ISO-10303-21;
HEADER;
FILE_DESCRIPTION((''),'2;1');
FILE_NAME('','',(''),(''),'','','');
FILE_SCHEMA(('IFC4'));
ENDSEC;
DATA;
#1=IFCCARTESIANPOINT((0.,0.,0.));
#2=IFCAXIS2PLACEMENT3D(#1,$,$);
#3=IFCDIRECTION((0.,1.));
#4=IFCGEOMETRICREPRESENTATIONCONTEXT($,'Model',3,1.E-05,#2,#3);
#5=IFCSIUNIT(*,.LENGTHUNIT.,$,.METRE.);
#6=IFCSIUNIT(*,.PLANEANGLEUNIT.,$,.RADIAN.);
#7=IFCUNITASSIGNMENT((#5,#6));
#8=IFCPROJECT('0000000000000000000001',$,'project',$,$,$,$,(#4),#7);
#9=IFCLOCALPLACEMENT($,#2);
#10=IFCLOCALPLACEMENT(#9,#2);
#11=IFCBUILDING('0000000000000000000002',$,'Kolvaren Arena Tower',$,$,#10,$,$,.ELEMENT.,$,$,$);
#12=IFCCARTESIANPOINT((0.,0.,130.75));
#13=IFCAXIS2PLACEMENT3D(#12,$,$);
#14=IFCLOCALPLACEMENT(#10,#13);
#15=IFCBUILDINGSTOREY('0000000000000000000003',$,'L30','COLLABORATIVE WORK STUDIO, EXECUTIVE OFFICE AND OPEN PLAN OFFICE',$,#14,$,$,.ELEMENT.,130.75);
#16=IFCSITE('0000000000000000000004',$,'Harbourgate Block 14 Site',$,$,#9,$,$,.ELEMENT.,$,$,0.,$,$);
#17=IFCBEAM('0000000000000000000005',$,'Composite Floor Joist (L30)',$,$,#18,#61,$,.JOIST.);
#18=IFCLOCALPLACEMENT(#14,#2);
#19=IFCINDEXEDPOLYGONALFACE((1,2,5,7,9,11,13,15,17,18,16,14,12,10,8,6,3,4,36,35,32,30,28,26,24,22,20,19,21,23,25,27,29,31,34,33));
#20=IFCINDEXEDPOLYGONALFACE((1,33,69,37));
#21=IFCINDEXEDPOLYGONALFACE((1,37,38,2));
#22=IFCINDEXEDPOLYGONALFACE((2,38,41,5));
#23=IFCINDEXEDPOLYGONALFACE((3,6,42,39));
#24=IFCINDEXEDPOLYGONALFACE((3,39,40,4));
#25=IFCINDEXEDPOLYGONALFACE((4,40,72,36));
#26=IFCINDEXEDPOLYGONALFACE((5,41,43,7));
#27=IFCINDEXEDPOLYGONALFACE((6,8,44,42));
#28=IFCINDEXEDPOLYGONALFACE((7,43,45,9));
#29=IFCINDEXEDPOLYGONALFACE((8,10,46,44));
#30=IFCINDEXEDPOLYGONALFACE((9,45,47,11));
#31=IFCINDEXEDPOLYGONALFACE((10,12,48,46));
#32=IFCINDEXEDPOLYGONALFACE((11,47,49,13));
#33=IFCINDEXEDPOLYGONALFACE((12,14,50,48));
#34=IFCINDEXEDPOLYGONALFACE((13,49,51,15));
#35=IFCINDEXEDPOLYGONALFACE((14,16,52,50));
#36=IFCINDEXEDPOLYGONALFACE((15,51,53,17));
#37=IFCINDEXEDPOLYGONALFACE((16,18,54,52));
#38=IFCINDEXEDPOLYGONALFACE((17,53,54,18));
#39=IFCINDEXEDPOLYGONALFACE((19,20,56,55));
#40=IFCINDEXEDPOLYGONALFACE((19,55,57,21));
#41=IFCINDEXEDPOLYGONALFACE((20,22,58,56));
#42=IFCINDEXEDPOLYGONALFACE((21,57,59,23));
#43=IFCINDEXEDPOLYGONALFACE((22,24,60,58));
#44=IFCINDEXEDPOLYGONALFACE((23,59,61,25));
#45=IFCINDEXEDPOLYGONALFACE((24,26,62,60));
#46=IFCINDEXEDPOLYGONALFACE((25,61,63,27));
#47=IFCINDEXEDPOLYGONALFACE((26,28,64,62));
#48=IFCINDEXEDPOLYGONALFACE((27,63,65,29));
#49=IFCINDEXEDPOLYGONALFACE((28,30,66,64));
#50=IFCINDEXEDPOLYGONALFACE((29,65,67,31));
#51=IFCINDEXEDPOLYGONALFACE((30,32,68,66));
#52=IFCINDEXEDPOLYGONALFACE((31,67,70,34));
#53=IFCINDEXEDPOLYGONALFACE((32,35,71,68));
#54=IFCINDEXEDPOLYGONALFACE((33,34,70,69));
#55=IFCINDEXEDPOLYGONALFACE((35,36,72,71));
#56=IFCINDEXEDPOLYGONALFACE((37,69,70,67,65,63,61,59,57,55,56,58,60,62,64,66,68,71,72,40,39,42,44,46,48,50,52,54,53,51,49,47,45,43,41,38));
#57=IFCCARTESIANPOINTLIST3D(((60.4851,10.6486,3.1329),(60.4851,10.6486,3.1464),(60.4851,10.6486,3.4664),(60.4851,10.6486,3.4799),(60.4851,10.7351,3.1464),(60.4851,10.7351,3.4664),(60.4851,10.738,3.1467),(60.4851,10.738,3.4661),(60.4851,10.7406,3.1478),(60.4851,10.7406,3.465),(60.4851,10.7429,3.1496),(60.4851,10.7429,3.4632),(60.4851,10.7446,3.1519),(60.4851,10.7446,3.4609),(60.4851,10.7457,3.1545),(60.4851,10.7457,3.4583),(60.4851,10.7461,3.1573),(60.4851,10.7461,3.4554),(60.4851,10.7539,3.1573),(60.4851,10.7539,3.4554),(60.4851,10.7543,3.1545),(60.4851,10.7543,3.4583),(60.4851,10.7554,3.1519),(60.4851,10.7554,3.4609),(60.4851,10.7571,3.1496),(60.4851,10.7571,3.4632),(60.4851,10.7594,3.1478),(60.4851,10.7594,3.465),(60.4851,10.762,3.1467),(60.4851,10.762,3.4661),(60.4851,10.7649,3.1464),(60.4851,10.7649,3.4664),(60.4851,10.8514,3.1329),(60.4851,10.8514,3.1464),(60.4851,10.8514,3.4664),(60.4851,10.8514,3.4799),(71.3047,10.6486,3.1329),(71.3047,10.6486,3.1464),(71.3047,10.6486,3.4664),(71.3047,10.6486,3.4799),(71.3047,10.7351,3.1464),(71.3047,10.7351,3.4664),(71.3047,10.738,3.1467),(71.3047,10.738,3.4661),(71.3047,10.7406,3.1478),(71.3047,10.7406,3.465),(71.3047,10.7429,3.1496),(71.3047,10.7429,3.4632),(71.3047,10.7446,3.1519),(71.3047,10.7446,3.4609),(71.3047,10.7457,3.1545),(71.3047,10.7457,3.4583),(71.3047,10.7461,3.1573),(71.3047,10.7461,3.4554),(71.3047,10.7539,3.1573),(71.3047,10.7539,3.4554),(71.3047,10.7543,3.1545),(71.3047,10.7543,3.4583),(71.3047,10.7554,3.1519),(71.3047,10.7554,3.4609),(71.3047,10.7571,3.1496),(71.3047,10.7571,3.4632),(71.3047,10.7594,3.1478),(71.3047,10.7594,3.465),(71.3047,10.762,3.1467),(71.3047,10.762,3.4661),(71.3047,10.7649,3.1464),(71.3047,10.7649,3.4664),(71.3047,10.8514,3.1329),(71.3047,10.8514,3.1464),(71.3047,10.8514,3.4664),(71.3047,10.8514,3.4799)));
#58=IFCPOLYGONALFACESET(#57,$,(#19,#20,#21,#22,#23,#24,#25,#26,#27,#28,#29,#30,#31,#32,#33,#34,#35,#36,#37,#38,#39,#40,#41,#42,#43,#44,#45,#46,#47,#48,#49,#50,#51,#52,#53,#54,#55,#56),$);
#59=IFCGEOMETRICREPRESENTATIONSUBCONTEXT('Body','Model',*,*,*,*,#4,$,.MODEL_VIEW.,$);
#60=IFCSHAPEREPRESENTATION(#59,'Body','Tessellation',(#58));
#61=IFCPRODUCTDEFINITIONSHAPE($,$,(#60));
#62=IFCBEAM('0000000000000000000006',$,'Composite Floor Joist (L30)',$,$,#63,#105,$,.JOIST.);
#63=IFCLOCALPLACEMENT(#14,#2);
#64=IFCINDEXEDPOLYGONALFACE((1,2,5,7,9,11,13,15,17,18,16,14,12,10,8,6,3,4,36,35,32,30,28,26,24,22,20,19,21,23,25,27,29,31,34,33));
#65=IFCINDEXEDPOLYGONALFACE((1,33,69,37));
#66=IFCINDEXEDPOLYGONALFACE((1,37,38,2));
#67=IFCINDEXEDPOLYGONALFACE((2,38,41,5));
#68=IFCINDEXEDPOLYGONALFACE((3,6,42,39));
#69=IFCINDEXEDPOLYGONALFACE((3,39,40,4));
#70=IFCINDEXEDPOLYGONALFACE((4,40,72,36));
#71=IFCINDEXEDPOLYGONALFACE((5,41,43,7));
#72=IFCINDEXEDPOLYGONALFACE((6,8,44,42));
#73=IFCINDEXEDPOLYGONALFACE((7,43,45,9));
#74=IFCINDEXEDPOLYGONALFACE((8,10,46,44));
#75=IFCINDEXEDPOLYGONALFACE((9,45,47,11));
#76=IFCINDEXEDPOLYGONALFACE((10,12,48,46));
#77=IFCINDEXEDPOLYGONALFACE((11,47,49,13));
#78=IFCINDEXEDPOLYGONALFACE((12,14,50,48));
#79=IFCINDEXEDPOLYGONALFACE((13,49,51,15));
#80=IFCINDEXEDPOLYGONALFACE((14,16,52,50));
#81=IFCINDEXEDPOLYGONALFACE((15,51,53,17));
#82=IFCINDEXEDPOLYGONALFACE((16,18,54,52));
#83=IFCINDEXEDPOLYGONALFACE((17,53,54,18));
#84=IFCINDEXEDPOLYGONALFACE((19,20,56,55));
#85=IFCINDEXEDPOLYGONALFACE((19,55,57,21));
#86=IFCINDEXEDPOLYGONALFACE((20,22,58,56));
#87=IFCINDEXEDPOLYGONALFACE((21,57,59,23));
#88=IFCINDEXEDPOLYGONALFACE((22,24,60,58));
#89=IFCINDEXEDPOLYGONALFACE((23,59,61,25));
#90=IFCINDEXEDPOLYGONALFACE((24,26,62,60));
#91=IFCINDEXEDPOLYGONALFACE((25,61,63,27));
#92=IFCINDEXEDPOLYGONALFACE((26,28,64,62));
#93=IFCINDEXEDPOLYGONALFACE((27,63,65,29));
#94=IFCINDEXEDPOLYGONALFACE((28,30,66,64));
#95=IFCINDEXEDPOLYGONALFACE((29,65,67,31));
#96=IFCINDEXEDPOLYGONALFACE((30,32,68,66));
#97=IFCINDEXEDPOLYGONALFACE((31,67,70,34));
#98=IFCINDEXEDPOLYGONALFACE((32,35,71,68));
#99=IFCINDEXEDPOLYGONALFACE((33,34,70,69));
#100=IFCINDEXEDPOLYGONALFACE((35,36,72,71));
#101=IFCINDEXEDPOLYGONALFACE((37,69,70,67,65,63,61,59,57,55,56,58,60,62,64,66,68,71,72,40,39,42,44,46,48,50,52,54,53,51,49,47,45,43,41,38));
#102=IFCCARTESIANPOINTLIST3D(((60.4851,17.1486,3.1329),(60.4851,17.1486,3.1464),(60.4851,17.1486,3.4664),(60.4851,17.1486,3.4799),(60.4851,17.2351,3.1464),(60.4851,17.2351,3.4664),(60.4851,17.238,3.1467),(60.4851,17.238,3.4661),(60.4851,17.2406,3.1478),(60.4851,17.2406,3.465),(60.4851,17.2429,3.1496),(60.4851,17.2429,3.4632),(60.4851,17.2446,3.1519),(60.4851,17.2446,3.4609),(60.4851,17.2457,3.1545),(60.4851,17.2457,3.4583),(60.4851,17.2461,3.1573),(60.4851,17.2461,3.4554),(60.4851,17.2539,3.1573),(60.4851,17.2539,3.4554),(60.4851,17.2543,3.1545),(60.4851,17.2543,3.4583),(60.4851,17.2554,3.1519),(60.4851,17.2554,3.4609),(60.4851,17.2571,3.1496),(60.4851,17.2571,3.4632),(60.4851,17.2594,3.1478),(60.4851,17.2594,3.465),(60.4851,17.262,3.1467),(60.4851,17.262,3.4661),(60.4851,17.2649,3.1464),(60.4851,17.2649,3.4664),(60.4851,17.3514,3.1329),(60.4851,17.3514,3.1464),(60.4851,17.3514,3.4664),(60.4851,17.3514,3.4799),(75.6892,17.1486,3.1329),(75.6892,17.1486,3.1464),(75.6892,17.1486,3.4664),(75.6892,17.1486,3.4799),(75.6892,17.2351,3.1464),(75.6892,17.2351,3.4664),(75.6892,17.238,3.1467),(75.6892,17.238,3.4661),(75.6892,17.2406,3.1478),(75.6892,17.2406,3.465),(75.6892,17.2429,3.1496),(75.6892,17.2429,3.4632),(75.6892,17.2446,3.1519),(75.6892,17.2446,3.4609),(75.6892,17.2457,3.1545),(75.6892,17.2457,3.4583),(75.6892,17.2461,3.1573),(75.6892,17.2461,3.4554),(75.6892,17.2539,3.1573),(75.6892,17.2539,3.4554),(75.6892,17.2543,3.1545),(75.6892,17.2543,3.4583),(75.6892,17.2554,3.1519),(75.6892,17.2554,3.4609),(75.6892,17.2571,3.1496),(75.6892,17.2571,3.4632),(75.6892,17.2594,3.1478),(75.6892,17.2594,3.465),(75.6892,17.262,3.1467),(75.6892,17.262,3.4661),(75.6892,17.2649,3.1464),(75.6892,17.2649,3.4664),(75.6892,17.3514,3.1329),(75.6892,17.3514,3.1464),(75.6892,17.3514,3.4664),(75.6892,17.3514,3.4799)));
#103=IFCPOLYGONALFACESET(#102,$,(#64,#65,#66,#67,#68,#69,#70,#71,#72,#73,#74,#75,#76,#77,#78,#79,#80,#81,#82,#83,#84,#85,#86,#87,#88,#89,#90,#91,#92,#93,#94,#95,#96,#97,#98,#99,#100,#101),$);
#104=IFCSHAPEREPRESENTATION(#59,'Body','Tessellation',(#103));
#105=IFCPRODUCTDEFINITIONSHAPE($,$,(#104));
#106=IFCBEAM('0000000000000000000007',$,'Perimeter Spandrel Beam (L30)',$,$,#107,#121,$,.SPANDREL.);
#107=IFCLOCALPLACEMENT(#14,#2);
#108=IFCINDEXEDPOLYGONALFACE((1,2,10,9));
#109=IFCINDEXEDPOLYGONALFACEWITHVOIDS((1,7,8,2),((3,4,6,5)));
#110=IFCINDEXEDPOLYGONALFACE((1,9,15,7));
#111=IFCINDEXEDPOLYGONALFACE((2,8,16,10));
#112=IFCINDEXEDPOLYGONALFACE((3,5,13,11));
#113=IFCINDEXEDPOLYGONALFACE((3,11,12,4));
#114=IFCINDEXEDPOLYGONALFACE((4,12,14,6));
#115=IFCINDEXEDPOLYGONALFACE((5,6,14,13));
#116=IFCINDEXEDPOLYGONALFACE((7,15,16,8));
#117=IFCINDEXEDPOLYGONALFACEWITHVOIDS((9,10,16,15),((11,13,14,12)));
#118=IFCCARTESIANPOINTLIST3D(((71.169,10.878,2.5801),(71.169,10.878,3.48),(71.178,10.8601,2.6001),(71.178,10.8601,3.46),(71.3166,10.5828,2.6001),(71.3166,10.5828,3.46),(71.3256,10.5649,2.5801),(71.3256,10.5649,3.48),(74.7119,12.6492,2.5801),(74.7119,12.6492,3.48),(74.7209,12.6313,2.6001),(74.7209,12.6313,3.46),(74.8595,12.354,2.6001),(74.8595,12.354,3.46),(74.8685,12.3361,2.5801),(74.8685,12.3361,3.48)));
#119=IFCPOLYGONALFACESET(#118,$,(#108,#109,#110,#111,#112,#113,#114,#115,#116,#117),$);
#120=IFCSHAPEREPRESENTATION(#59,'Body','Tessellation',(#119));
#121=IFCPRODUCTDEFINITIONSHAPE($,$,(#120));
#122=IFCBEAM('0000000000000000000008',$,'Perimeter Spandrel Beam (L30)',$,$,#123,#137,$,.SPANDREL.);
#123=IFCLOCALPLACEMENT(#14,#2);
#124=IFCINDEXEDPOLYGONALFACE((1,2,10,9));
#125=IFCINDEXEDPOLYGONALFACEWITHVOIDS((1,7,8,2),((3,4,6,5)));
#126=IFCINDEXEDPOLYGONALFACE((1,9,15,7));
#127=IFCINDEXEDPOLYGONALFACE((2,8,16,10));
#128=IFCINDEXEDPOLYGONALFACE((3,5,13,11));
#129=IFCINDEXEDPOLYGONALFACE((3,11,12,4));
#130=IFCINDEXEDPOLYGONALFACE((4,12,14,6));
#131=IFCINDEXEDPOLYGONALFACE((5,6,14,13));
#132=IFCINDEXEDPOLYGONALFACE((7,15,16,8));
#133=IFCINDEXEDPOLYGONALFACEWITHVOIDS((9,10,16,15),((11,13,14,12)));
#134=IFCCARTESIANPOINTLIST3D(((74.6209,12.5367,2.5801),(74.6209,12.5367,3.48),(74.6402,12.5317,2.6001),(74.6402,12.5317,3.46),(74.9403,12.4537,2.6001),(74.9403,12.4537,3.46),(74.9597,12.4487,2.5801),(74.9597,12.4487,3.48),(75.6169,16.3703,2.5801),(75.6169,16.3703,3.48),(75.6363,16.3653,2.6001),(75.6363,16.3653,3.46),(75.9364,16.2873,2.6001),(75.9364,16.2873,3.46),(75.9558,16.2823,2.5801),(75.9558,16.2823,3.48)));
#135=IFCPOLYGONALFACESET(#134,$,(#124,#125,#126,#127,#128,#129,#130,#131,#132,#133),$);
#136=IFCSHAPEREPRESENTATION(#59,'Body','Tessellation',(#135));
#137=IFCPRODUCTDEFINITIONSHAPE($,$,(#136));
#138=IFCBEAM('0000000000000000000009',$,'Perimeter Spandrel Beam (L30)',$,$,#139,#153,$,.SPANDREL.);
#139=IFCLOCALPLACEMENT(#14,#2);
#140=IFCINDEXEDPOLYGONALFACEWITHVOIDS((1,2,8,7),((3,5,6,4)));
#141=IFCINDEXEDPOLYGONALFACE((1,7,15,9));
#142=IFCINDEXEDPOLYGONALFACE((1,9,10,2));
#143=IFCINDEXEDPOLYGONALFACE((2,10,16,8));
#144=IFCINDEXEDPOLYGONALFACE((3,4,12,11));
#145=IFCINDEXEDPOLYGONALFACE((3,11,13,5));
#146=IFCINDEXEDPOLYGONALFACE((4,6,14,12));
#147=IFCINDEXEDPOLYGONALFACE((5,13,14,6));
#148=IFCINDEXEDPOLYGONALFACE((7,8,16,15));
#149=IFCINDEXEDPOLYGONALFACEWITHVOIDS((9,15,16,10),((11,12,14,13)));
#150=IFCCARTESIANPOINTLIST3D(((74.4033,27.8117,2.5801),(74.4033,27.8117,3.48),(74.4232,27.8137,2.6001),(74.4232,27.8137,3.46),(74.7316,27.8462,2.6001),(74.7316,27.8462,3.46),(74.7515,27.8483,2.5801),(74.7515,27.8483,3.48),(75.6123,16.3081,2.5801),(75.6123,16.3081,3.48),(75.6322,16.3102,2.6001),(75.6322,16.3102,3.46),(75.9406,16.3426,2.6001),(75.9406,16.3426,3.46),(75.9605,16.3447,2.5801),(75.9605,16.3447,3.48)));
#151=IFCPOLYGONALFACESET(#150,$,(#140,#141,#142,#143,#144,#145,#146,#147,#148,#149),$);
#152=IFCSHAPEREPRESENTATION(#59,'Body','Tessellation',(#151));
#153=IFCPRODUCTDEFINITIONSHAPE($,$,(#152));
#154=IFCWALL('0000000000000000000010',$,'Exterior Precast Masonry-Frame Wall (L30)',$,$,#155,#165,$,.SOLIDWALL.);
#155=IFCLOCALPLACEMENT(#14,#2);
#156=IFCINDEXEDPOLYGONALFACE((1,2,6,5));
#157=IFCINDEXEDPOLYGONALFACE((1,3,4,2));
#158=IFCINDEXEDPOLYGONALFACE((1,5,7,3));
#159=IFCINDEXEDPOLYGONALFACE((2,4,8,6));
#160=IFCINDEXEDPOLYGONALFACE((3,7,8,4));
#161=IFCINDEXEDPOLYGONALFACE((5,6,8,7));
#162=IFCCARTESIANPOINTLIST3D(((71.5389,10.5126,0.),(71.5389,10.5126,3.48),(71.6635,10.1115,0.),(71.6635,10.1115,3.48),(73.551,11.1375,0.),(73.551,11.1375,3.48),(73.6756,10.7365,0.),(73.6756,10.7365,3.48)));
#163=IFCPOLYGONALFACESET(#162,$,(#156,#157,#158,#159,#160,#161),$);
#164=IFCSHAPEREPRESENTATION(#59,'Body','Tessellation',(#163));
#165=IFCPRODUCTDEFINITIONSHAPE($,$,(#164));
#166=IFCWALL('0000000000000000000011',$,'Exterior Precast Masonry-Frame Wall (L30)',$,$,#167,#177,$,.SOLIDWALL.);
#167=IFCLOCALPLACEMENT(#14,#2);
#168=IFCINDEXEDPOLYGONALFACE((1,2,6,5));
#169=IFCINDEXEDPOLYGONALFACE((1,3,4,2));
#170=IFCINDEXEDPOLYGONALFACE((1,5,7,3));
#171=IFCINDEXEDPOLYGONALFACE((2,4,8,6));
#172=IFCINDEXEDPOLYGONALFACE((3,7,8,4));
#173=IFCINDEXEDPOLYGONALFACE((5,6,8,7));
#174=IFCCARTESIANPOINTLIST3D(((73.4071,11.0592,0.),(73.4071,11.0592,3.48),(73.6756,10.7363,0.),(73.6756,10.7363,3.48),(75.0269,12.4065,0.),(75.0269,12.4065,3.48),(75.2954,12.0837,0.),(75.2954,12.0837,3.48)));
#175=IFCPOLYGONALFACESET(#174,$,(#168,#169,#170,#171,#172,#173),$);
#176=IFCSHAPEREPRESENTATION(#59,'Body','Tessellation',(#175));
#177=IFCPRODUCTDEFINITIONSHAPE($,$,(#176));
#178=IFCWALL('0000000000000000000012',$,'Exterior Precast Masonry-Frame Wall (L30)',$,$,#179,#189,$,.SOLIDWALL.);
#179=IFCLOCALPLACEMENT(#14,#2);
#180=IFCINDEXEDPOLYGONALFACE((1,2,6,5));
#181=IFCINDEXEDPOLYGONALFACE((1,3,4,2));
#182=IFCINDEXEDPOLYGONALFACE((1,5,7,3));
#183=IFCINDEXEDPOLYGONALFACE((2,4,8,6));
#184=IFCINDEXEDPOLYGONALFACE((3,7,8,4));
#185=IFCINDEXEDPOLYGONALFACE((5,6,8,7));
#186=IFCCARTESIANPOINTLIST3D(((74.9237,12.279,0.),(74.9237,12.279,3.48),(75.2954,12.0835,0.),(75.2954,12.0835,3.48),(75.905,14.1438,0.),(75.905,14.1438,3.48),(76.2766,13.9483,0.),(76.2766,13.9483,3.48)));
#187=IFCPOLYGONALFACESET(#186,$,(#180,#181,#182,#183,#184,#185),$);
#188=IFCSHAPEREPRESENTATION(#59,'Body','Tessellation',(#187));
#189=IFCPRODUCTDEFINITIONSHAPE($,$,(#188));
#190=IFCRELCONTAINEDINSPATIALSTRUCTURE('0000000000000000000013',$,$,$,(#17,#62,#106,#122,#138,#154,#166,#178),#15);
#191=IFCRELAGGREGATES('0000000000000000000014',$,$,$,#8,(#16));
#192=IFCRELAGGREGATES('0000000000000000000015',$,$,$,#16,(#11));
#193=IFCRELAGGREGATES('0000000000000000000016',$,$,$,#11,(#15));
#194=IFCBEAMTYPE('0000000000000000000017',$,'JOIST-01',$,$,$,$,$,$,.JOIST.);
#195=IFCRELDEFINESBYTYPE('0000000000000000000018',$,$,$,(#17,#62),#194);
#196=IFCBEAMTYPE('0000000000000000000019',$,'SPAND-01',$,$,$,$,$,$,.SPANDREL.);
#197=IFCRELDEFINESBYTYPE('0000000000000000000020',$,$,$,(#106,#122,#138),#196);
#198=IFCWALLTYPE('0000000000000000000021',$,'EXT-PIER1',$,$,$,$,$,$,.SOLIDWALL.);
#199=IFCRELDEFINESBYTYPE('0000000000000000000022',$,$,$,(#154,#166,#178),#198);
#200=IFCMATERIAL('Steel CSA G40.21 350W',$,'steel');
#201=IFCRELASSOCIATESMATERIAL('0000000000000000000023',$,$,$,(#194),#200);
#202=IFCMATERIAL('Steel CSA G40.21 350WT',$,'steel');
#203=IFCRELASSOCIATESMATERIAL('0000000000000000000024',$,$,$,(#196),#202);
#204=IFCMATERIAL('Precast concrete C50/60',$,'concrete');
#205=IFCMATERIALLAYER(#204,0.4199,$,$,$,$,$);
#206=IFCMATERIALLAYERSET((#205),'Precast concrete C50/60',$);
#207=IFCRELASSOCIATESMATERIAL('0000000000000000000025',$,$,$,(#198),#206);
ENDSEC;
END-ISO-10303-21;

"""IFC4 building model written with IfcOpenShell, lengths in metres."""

from ifc_helpers import new_model, si_unit, direction, frame, frame_2d, origin, origin_2d, place, context, subcontext, project, spatial, rectangle, hollow_rectangle, i_section, extrude, material, layer, layer_set, material_profile, profile_set, type_object, element, save


model = new_model("IFC4")

# Units and contexts
model_context = context("Model", 3, precision=1e-05, world=origin(), true_north=direction((0.0, 1.0)))
body_context = subcontext(model_context, "Body", "Model", "MODEL_VIEW")
ifc_project = project(units=[si_unit("LENGTHUNIT", "METRE"), si_unit("PLANEANGLEUNIT", "RADIAN")], contexts=[model_context])

# Site, building, storey
site_placement = place(None, origin())
site = spatial("IfcSite", under=ifc_project, at=site_placement, Name="Harbourgate Block 14 Site", CompositionType="ELEMENT", RefElevation=0.0)
building_placement = place(site_placement, origin())
building = spatial("IfcBuilding", under=site, at=building_placement, Name="Kolvaren Arena Tower", CompositionType="ELEMENT")
storey_placement = place(building_placement, frame((0.0, 0.0, 130.75)))
storey = spatial("IfcBuildingStorey", under=building, at=storey_placement, Name="L30", Description="COLLABORATIVE WORK STUDIO, EXECUTIVE OFFICE AND OPEN PLAN OFFICE", CompositionType="ELEMENT", Elevation=130.75)

# Beams
ifc_material_1 = material(Name="Steel CSA G40.21 350W", Category="steel")
ifc_material_profile_1 = material_profile(ifc_material_1, i_section(OverallWidth=0.2029, OverallDepth=0.3469, WebThickness=0.0078, FlangeThickness=0.0134, FilletRadius=0.011, at=origin_2d()), Name="W360x64")
ifc_profile_set_1 = profile_set([ifc_material_profile_1], Name="Steel CSA G40.21 350W")
beam_type_1 = type_object("IfcBeamType", Name="JOIST-01", PredefinedType="JOIST", material=ifc_profile_set_1)
beam_1_placement = place(storey_placement, frame((60.4851, 10.75, 3.3064), z_axis=(1.0, 0.0, 0.0), x_axis=(0.0, 1.0, 0.0)))
element("IfcBeam", 1, at=beam_1_placement, inside=storey, type_object=beam_type_1, Name="Composite Floor Joist (L30)", PredefinedType="JOIST", context=body_context, shape_type="SweptSolid", body=[
    extrude(i_section(OverallWidth=0.2029, OverallDepth=0.3469, WebThickness=0.0078, FlangeThickness=0.0134, FilletRadius=0.011, at=origin_2d()), origin(), (0.0, 0.0, 1.0), 10.8196),
])
beam_2_placement = place(storey_placement, frame((60.4851, 17.25, 3.3064), z_axis=(1.0, 0.0, 0.0), x_axis=(0.0, 1.0, 0.0)))
element("IfcBeam", 2, at=beam_2_placement, inside=storey, type_object=beam_type_1, Name="Composite Floor Joist (L30)", PredefinedType="JOIST", context=body_context, shape_type="SweptSolid", body=[
    extrude(i_section(OverallWidth=0.2029, OverallDepth=0.3469, WebThickness=0.0078, FlangeThickness=0.0134, FilletRadius=0.011, at=origin_2d()), origin(), (0.0, 0.0, 1.0), 15.2041),
])
ifc_material_2 = material(Name="Steel CSA G40.21 350WT", Category="steel")
ifc_material_profile_2 = material_profile(ifc_material_2, hollow_rectangle(XDim=0.3501, YDim=0.8999, WallThickness=0.02, at=origin_2d()), Name="HSS 900x350x20")
ifc_profile_set_2 = profile_set([ifc_material_profile_2], Name="Steel CSA G40.21 350WT")
beam_type_2 = type_object("IfcBeamType", Name="SPAND-01", PredefinedType="SPANDREL", material=ifc_profile_set_2)
for number, where, z_axis, x_axis, name in (
    (3, (71.2473, 10.7214, 3.03), (0.894452, 0.447164, 0.0), (-0.447164, 0.894452, 0.0), "Perimeter Spandrel Beam (L30)"),
    (4, (74.7903, 12.4927, 3.03), (0.251473, 0.967864, 0.0), (-0.967864, 0.251473, 0.0), "Perimeter Spandrel Beam (L30)"),
):
    element("IfcBeam", number, at=place(storey_placement, frame(where, z_axis=z_axis, x_axis=x_axis)), inside=storey, type_object=beam_type_2, Name=name, PredefinedType="SPANDREL", context=body_context, shape_type="SweptSolid", body=[
        extrude(hollow_rectangle(XDim=0.3501, YDim=0.8999, WallThickness=0.02, at=origin_2d()), origin(), (0.0, 0.0, 1.0), 3.9609),
    ])
beam_3_placement = place(storey_placement, frame((75.7864, 16.3264, 3.03), z_axis=(-0.104522, 0.994523, 0.0), x_axis=(-0.994523, -0.104522, 0.0)))
element("IfcBeam", 5, at=beam_3_placement, inside=storey, type_object=beam_type_2, Name="Perimeter Spandrel Beam (L30)", PredefinedType="SPANDREL", context=body_context, shape_type="SweptSolid", body=[
    extrude(hollow_rectangle(XDim=0.3501, YDim=0.8999, WallThickness=0.02, at=origin_2d()), origin(), (0.0, 0.0, 1.0), 11.5669),
])

# Walls
ifc_material_3 = material(Name="Precast concrete C50/60", Category="concrete")
ifc_layer_1 = layer(ifc_material_3, 0.4199)
ifc_layer_set_1 = layer_set([ifc_layer_1], Name="Precast concrete C50/60")
wall_type_1 = type_object("IfcWallType", Name="EXT-PIER1", PredefinedType="SOLIDWALL", material=ifc_layer_set_1)
for number, where, z_axis, x_axis, name in (
    (6, (73.6133, 10.937, 0.0), (0.0, 0.0, 1.0), (-0.954994, -0.296625, 0.0), "Exterior Precast Masonry-Frame Wall (L30)"),
    (7, (75.1611, 12.2451, 0.0), (0.0, 0.0, 1.0), (-0.7688, -0.639489, 0.0), "Exterior Precast Masonry-Frame Wall (L30)"),
):
    element("IfcWall", number, at=place(storey_placement, frame(where, z_axis=z_axis, x_axis=x_axis)), inside=storey, type_object=wall_type_1, Name=name, PredefinedType="SOLIDWALL", context=body_context, shape_type="SweptSolid", body=[
        extrude(rectangle(XDim=2.1069, YDim=0.4199, at=frame_2d((1.0535, 0.0))), origin(), (0.0, 0.0, 1.0), 3.48),
    ])
wall_1_placement = place(storey_placement, frame((76.0908, 14.0461, 0.0), z_axis=(0.0, 0.0, 1.0), x_axis=(-0.465656, -0.884966, 0.0)))
element("IfcWall", 8, at=wall_1_placement, inside=storey, type_object=wall_type_1, Name="Exterior Precast Masonry-Frame Wall (L30)", PredefinedType="SOLIDWALL", context=body_context, shape_type="SweptSolid", body=[
    extrude(rectangle(XDim=2.1072, YDim=0.4199, at=frame_2d((1.0537, 0.0))), origin(), (0.0, 0.0, 1.0), 3.48),
])

save(model, "model.ifc")
